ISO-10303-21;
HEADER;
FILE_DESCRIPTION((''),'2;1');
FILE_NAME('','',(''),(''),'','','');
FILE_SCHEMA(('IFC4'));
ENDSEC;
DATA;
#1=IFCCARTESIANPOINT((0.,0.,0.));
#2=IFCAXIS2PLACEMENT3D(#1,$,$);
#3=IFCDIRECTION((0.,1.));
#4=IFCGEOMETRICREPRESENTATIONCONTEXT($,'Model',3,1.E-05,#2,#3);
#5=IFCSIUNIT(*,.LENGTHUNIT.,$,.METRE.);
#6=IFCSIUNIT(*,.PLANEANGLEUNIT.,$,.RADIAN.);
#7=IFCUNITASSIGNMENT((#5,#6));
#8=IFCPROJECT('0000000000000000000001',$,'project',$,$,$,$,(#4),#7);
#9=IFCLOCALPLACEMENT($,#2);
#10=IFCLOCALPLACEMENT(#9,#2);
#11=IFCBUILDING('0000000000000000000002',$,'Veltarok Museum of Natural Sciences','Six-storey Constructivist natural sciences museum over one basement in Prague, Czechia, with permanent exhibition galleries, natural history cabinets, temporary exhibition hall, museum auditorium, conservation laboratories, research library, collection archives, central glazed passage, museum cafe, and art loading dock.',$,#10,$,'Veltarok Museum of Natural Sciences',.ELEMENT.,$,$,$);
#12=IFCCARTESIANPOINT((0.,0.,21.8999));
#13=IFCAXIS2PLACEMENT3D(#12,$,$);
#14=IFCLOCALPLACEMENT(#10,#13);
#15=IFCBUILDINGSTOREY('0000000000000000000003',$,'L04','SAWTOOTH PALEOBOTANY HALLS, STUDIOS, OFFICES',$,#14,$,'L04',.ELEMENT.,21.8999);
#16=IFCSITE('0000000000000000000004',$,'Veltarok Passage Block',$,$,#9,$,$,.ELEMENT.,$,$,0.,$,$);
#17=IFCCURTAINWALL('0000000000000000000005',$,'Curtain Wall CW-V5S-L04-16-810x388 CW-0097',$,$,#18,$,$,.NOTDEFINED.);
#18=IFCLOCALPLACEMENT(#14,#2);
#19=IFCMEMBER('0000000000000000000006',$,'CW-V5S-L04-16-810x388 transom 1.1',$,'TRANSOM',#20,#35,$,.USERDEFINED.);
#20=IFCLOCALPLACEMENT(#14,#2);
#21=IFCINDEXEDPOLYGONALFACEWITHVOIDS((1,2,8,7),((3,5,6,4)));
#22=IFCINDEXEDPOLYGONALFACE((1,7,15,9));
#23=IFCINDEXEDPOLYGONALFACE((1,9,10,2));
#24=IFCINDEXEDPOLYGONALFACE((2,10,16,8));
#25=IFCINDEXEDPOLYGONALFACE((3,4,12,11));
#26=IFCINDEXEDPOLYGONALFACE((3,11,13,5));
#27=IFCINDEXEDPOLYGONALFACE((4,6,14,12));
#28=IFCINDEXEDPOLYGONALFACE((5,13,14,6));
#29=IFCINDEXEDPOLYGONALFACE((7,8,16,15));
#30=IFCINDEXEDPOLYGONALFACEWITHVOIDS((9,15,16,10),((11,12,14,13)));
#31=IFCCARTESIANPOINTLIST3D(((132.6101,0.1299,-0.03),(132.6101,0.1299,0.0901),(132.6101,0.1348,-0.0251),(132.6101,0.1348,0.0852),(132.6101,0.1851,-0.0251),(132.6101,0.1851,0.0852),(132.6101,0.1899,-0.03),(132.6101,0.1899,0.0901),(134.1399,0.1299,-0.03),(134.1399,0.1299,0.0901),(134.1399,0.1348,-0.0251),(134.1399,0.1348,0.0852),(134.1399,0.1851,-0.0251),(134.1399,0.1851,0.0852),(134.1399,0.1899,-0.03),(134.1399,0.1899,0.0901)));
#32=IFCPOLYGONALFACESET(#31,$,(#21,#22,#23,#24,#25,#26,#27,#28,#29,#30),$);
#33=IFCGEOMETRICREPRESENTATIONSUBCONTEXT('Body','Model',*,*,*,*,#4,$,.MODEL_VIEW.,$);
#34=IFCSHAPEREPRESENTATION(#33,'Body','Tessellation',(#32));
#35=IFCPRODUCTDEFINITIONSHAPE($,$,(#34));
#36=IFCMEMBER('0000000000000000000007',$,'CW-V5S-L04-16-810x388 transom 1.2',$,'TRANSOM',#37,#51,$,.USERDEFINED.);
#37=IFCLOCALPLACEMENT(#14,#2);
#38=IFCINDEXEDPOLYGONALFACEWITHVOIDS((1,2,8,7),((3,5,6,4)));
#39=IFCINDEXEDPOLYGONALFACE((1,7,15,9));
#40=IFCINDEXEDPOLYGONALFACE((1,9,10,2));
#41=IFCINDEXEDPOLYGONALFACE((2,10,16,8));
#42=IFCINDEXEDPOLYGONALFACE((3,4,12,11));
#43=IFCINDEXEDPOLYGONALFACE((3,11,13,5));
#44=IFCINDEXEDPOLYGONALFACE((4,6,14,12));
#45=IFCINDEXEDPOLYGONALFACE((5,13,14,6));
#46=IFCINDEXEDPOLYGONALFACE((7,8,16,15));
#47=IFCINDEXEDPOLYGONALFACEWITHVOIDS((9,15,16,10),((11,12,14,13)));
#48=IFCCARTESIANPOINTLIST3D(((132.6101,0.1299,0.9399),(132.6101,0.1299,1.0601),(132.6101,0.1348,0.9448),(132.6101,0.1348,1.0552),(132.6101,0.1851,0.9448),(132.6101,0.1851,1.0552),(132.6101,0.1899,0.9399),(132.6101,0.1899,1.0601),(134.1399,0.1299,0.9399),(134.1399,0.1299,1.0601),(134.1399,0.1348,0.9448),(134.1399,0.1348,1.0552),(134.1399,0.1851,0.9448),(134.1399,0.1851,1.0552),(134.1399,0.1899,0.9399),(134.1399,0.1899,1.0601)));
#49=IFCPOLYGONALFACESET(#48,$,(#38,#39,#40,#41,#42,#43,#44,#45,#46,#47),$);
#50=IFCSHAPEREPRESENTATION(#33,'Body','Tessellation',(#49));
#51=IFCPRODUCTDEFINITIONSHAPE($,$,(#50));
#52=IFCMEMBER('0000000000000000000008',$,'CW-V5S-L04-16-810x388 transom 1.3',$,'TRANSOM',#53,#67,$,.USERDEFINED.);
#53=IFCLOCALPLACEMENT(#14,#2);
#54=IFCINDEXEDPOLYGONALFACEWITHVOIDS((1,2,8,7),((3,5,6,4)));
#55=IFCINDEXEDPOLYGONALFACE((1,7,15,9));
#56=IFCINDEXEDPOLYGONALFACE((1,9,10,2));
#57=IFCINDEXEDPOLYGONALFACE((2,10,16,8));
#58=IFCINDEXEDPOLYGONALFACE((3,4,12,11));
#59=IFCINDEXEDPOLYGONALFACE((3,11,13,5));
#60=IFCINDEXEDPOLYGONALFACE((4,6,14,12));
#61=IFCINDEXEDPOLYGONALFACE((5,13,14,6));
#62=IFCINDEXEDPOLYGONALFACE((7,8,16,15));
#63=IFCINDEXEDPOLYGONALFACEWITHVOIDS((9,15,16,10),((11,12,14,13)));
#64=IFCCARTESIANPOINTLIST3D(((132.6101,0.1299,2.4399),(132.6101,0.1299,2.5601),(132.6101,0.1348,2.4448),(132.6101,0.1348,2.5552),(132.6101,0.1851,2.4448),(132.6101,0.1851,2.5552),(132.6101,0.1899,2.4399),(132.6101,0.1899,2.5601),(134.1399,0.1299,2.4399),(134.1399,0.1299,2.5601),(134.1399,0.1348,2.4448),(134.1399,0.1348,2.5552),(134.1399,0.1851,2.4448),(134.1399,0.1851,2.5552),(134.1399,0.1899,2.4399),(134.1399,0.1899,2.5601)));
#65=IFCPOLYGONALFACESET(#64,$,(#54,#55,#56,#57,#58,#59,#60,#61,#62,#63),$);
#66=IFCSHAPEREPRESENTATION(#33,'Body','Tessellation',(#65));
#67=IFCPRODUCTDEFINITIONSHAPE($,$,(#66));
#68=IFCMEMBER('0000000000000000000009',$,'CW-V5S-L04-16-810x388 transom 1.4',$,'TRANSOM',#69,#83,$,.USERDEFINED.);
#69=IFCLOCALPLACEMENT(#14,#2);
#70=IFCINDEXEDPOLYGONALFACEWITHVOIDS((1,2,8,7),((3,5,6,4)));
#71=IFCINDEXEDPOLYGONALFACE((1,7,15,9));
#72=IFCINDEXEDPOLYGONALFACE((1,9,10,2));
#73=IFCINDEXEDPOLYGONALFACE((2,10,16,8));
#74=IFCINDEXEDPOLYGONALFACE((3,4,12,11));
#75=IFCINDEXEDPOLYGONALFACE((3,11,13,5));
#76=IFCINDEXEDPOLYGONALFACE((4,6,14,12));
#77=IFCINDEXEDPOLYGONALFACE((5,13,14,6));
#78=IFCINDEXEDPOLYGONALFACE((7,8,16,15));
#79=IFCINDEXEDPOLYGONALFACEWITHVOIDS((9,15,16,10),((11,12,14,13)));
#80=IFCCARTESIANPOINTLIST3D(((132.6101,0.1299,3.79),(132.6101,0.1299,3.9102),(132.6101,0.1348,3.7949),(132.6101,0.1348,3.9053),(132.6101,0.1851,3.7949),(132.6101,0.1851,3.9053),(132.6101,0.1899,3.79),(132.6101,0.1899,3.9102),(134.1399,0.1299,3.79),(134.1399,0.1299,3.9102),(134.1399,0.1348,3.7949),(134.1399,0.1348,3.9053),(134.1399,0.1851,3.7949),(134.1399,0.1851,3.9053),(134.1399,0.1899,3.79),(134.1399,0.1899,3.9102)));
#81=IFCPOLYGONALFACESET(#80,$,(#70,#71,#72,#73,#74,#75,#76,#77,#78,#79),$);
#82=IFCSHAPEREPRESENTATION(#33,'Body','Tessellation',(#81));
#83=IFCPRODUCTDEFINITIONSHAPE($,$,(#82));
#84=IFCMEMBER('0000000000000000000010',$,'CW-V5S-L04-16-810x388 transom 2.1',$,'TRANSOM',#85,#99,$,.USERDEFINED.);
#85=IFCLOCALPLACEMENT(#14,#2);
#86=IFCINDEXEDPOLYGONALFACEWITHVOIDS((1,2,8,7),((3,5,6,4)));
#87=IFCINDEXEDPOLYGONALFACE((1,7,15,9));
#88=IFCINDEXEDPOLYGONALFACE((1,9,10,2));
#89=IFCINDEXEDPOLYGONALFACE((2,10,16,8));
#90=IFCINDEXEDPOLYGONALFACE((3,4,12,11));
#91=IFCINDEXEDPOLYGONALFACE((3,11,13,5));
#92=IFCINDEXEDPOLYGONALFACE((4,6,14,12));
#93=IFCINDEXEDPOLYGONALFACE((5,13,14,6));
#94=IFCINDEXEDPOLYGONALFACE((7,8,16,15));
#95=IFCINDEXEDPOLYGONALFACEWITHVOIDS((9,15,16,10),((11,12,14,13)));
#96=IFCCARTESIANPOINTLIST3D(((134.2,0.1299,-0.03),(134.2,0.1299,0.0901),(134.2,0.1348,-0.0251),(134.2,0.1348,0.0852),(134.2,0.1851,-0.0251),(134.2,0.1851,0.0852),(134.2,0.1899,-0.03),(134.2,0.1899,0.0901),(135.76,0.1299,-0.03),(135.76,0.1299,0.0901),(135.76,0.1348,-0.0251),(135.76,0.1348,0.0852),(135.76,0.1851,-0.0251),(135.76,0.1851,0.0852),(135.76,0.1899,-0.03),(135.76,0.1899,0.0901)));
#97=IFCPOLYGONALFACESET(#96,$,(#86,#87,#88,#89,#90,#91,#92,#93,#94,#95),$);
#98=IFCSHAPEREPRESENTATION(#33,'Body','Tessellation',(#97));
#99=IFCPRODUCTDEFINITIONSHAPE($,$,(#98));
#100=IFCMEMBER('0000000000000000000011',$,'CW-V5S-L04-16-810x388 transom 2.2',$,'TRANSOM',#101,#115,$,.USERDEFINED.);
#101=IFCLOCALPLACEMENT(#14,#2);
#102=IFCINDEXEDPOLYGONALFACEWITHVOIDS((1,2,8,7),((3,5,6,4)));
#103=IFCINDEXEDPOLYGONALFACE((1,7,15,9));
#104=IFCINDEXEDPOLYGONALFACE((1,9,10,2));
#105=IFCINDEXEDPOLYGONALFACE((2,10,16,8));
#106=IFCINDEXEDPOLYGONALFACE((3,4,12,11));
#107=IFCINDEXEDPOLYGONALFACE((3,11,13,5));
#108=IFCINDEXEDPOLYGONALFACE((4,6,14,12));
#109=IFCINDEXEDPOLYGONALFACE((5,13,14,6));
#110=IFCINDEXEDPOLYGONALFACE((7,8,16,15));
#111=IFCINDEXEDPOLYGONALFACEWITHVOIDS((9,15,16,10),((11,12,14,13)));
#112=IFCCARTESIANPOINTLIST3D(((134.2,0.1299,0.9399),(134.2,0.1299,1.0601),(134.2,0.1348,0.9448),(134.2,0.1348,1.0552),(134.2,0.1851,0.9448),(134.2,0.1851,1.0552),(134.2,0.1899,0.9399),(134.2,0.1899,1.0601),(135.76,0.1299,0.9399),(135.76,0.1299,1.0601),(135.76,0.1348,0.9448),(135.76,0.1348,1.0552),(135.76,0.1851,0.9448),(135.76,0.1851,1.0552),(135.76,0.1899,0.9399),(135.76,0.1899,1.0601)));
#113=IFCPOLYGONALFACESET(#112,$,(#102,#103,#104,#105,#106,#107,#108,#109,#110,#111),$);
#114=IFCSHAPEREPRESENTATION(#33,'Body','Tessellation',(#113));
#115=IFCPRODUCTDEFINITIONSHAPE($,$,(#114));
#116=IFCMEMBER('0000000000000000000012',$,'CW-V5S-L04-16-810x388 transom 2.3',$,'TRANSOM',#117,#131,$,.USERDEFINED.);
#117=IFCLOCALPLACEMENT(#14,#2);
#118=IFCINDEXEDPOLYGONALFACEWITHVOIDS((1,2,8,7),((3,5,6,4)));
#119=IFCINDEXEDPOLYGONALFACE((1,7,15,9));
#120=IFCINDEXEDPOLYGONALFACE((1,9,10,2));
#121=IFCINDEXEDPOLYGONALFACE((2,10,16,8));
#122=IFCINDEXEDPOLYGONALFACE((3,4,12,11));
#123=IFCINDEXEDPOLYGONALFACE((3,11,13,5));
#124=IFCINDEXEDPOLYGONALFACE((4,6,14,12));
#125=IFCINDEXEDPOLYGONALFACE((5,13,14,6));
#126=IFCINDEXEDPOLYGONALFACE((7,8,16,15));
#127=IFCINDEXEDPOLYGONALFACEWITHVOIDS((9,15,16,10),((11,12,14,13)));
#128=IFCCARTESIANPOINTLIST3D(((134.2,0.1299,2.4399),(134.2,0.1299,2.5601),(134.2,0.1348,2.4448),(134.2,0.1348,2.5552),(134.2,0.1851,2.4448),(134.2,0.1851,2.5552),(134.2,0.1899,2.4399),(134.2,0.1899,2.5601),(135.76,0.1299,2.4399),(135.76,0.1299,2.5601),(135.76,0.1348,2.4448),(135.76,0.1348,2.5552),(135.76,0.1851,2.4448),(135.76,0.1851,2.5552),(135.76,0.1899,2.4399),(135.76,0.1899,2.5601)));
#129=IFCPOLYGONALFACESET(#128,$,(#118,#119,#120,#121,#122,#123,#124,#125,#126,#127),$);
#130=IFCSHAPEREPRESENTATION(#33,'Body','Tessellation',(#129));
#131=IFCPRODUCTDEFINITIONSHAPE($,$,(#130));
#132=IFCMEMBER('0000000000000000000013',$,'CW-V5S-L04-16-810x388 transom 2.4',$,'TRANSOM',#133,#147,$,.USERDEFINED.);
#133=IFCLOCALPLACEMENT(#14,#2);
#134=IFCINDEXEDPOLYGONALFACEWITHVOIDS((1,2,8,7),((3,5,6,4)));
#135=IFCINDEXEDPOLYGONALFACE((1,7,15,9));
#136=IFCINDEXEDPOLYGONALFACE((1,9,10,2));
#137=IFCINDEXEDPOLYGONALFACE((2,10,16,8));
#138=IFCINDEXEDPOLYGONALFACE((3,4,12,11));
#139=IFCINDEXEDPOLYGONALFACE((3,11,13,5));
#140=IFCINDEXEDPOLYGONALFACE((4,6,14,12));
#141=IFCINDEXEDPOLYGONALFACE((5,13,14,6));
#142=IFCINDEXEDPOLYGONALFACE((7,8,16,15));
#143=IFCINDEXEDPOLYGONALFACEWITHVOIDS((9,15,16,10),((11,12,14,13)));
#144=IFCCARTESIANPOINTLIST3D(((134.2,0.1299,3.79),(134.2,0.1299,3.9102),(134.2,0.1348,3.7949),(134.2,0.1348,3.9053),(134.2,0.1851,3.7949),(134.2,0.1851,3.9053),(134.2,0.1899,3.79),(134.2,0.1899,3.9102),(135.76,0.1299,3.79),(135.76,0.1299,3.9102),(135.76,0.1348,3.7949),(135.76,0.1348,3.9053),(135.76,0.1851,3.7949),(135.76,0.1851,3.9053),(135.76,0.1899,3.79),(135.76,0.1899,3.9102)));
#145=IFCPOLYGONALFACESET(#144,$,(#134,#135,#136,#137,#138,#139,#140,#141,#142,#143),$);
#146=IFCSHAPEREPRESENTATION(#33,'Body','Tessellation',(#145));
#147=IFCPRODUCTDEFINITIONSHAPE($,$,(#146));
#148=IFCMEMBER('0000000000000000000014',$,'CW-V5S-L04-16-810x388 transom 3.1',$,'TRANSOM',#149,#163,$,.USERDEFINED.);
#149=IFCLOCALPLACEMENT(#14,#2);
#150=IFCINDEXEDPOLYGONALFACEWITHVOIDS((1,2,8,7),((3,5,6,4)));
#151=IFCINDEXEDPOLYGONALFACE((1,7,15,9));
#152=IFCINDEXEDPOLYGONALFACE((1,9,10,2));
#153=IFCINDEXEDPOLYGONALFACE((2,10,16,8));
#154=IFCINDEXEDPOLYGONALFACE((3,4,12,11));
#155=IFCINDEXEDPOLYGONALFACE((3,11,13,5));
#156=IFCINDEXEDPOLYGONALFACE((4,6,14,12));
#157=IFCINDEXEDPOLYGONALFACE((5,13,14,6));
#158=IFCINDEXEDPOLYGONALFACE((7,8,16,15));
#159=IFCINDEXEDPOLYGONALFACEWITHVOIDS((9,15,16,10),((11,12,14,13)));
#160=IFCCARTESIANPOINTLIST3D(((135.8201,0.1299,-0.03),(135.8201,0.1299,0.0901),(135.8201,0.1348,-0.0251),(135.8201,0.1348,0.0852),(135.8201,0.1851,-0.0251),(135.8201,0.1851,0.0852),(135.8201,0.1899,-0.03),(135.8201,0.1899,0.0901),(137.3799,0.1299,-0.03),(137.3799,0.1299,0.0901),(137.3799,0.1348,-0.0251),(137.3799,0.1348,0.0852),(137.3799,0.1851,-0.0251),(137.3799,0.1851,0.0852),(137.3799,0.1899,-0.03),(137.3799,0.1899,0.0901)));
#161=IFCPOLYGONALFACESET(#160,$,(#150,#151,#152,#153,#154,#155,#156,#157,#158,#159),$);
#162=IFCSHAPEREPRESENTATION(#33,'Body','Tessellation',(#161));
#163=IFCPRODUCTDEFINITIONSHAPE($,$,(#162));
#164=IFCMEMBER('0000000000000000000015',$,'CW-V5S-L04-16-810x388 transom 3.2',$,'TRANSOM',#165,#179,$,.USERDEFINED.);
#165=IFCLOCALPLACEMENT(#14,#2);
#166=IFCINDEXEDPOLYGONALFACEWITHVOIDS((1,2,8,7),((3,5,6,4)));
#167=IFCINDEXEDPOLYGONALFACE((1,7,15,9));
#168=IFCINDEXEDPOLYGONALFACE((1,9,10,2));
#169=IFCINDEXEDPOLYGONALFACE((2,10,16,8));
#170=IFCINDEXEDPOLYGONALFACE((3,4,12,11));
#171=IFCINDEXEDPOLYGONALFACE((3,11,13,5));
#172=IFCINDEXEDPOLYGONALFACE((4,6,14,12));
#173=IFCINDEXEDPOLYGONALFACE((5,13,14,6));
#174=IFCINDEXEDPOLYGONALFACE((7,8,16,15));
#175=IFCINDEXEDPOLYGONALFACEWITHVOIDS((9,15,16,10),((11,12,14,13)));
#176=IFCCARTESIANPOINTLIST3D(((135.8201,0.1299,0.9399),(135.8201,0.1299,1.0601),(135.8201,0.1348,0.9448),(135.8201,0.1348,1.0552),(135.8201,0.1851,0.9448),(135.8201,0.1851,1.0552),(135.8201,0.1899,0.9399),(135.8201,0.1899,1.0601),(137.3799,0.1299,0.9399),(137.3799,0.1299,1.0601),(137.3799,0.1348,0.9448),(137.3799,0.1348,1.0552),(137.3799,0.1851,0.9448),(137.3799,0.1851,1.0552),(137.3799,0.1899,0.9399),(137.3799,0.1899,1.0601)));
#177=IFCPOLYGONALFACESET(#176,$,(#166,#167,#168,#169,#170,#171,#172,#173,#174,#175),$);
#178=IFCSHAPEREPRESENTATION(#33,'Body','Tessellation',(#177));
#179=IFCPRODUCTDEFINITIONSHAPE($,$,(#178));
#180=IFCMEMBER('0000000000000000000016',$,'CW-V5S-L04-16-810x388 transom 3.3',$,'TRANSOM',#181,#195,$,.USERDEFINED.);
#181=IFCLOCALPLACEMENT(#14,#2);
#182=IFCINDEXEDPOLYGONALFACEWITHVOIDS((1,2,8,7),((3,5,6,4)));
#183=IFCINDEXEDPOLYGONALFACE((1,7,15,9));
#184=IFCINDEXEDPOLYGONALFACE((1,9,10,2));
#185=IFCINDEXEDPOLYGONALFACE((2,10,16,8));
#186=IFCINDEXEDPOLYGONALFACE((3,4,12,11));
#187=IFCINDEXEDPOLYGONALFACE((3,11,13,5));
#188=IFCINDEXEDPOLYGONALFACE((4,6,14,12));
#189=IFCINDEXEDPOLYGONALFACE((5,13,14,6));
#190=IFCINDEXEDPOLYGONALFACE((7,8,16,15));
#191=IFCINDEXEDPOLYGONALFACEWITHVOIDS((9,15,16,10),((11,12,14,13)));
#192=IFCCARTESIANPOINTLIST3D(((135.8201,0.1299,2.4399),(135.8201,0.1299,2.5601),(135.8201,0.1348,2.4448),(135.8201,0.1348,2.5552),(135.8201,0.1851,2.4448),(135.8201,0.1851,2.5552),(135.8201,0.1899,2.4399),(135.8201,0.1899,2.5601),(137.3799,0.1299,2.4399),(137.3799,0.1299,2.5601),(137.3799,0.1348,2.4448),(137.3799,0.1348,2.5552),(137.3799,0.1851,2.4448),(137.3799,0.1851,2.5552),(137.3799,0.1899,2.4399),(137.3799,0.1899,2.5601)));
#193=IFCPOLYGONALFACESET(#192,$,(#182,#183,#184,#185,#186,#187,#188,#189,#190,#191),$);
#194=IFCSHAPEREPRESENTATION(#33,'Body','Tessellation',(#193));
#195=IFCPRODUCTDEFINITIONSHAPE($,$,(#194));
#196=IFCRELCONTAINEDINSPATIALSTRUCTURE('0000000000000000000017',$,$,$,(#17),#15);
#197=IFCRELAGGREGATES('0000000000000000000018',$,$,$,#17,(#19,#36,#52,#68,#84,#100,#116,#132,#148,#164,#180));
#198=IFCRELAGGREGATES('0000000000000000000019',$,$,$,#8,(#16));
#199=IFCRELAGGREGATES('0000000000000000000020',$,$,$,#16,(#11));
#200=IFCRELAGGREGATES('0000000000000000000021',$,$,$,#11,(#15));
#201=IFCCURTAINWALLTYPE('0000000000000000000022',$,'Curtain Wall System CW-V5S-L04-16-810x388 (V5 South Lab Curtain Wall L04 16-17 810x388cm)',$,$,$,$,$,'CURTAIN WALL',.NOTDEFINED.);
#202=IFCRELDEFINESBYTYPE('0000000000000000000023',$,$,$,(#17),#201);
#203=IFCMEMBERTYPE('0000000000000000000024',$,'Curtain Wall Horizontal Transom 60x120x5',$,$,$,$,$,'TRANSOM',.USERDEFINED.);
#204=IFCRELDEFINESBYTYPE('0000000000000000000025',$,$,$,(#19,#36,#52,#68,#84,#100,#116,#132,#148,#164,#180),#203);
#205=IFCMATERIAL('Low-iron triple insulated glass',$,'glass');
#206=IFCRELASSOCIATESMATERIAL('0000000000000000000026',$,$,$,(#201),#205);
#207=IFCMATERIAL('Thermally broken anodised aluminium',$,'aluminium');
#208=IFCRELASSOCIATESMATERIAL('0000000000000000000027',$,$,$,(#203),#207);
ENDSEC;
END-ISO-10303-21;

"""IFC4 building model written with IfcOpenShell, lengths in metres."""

from ifc_helpers import new_model, si_unit, direction, frame, origin, origin_2d, place, context, subcontext, project, spatial, hollow_rectangle, extrude, material, material_profile, profile_set, type_object, element, aggregate, save


model = new_model("IFC4")

# Units and contexts
model_context = context("Model", 3, precision=1e-05, world=origin(), true_north=direction((0.0, 1.0)))
body_context = subcontext(model_context, "Body", "Model", "MODEL_VIEW")
ifc_project = project(units=[si_unit("LENGTHUNIT", "METRE"), si_unit("PLANEANGLEUNIT", "RADIAN")], contexts=[model_context])

# Site, building, storey
site_placement = place(None, origin())
site = spatial("IfcSite", under=ifc_project, at=site_placement, Name="Veltarok Passage Block", CompositionType="ELEMENT", RefElevation=0.0)
building_placement = place(site_placement, origin())
building = spatial("IfcBuilding", under=site, at=building_placement, Name="Veltarok Museum of Natural Sciences", Description="Six-storey Constructivist natural sciences museum over one basement in Prague, Czechia, with permanent exhibition galleries, natural history cabinets, temporary exhibition hall, museum auditorium, conservation laboratories, research library, collection archives, central glazed passage, museum cafe, and art loading dock.", LongName="Veltarok Museum of Natural Sciences", CompositionType="ELEMENT")
storey_placement = place(building_placement, frame((0.0, 0.0, 21.8999)))
storey = spatial("IfcBuildingStorey", under=building, at=storey_placement, Name="L04", Description="SAWTOOTH PALEOBOTANY HALLS, STUDIOS, OFFICES", LongName="L04", CompositionType="ELEMENT", Elevation=21.8999)

# Curtain wall, members
ifc_material_1 = material(Name="Low-iron triple insulated glass", Category="glass")
curtain_wall_type = type_object("IfcCurtainWallType", Name="Curtain Wall System CW-V5S-L04-16-810x388 (V5 South Lab Curtain Wall L04 16-17 810x388cm)", ElementType="CURTAIN WALL", PredefinedType="NOTDEFINED", material=ifc_material_1)
curtain_wall_placement = place(storey_placement, origin())
curtain_wall = element("IfcCurtainWall", 1, at=curtain_wall_placement, inside=storey, type_object=curtain_wall_type, Name="Curtain Wall CW-V5S-L04-16-810x388 CW-0097", PredefinedType="NOTDEFINED")
ifc_material_2 = material(Name="Thermally broken anodised aluminium", Category="aluminium")
ifc_material_profile_1 = material_profile(ifc_material_2, hollow_rectangle(XDim=0.0601, YDim=0.1201, WallThickness=0.0049, at=origin_2d()), Name="CW TRANSOM 60x120x5")
ifc_profile_set_1 = profile_set([ifc_material_profile_1], Name="Thermally broken anodised aluminium")
member_type_1 = type_object("IfcMemberType", Name="Curtain Wall Horizontal Transom 60x120x5", ElementType="TRANSOM", PredefinedType="USERDEFINED", material=ifc_profile_set_1)
member_1_placement = place(storey_placement, frame((132.6101, 0.1599, 0.03), z_axis=(1.0, 0.0, 0.0), x_axis=(0.0, 1.0, 0.0)))
member_1 = element("IfcMember", 2, at=member_1_placement, type_object=member_type_1, Name="CW-V5S-L04-16-810x388 transom 1.1", ObjectType="TRANSOM", PredefinedType="USERDEFINED", context=body_context, shape_type="SweptSolid", body=[
    extrude(hollow_rectangle(XDim=0.0601, YDim=0.1201, WallThickness=0.0049, at=origin_2d()), origin(), (0.0, 0.0, 1.0), 1.5298),
])
member_2_placement = place(storey_placement, frame((132.6101, 0.1599, 1.0), z_axis=(1.0, 0.0, 0.0), x_axis=(0.0, 1.0, 0.0)))
member_2 = element("IfcMember", 3, at=member_2_placement, type_object=member_type_1, Name="CW-V5S-L04-16-810x388 transom 1.2", ObjectType="TRANSOM", PredefinedType="USERDEFINED", context=body_context, shape_type="SweptSolid", body=[
    extrude(hollow_rectangle(XDim=0.0601, YDim=0.1201, WallThickness=0.0049, at=origin_2d()), origin(), (0.0, 0.0, 1.0), 1.5298),
])
member_3_placement = place(storey_placement, frame((132.6101, 0.1599, 2.5), z_axis=(1.0, 0.0, 0.0), x_axis=(0.0, 1.0, 0.0)))
member_3 = element("IfcMember", 4, at=member_3_placement, type_object=member_type_1, Name="CW-V5S-L04-16-810x388 transom 1.3", ObjectType="TRANSOM", PredefinedType="USERDEFINED", context=body_context, shape_type="SweptSolid", body=[
    extrude(hollow_rectangle(XDim=0.0601, YDim=0.1201, WallThickness=0.0049, at=origin_2d()), origin(), (0.0, 0.0, 1.0), 1.5298),
])
member_4_placement = place(storey_placement, frame((132.6101, 0.1599, 3.8501), z_axis=(1.0, 0.0, 0.0), x_axis=(0.0, 1.0, 0.0)))
member_4 = element("IfcMember", 5, at=member_4_placement, type_object=member_type_1, Name="CW-V5S-L04-16-810x388 transom 1.4", ObjectType="TRANSOM", PredefinedType="USERDEFINED", context=body_context, shape_type="SweptSolid", body=[
    extrude(hollow_rectangle(XDim=0.0601, YDim=0.1201, WallThickness=0.0049, at=origin_2d()), origin(), (0.0, 0.0, 1.0), 1.5298),
])
member_5_placement = place(storey_placement, frame((134.2, 0.1599, 0.03), z_axis=(1.0, 0.0, 0.0), x_axis=(0.0, 1.0, 0.0)))
member_5 = element("IfcMember", 6, at=member_5_placement, type_object=member_type_1, Name="CW-V5S-L04-16-810x388 transom 2.1", ObjectType="TRANSOM", PredefinedType="USERDEFINED", context=body_context, shape_type="SweptSolid", body=[
    extrude(hollow_rectangle(XDim=0.0601, YDim=0.1201, WallThickness=0.0049, at=origin_2d()), origin(), (0.0, 0.0, 1.0), 1.5601),
])
member_6_placement = place(storey_placement, frame((134.2, 0.1599, 1.0), z_axis=(1.0, 0.0, 0.0), x_axis=(0.0, 1.0, 0.0)))
member_6 = element("IfcMember", 7, at=member_6_placement, type_object=member_type_1, Name="CW-V5S-L04-16-810x388 transom 2.2", ObjectType="TRANSOM", PredefinedType="USERDEFINED", context=body_context, shape_type="SweptSolid", body=[
    extrude(hollow_rectangle(XDim=0.0601, YDim=0.1201, WallThickness=0.0049, at=origin_2d()), origin(), (0.0, 0.0, 1.0), 1.5601),
])
member_7_placement = place(storey_placement, frame((134.2, 0.1599, 2.5), z_axis=(1.0, 0.0, 0.0), x_axis=(0.0, 1.0, 0.0)))
member_7 = element("IfcMember", 8, at=member_7_placement, type_object=member_type_1, Name="CW-V5S-L04-16-810x388 transom 2.3", ObjectType="TRANSOM", PredefinedType="USERDEFINED", context=body_context, shape_type="SweptSolid", body=[
    extrude(hollow_rectangle(XDim=0.0601, YDim=0.1201, WallThickness=0.0049, at=origin_2d()), origin(), (0.0, 0.0, 1.0), 1.5601),
])
member_8_placement = place(storey_placement, frame((134.2, 0.1599, 3.8501), z_axis=(1.0, 0.0, 0.0), x_axis=(0.0, 1.0, 0.0)))
member_8 = element("IfcMember", 9, at=member_8_placement, type_object=member_type_1, Name="CW-V5S-L04-16-810x388 transom 2.4", ObjectType="TRANSOM", PredefinedType="USERDEFINED", context=body_context, shape_type="SweptSolid", body=[
    extrude(hollow_rectangle(XDim=0.0601, YDim=0.1201, WallThickness=0.0049, at=origin_2d()), origin(), (0.0, 0.0, 1.0), 1.5601),
])
member_9_placement = place(storey_placement, frame((135.8201, 0.1599, 0.03), z_axis=(1.0, 0.0, 0.0), x_axis=(0.0, 1.0, 0.0)))
member_9 = element("IfcMember", 10, at=member_9_placement, type_object=member_type_1, Name="CW-V5S-L04-16-810x388 transom 3.1", ObjectType="TRANSOM", PredefinedType="USERDEFINED", context=body_context, shape_type="SweptSolid", body=[
    extrude(hollow_rectangle(XDim=0.0601, YDim=0.1201, WallThickness=0.0049, at=origin_2d()), origin(), (0.0, 0.0, 1.0), 1.5598),
])
member_10_placement = place(storey_placement, frame((135.8201, 0.1599, 1.0), z_axis=(1.0, 0.0, 0.0), x_axis=(0.0, 1.0, 0.0)))
member_10 = element("IfcMember", 11, at=member_10_placement, type_object=member_type_1, Name="CW-V5S-L04-16-810x388 transom 3.2", ObjectType="TRANSOM", PredefinedType="USERDEFINED", context=body_context, shape_type="SweptSolid", body=[
    extrude(hollow_rectangle(XDim=0.0601, YDim=0.1201, WallThickness=0.0049, at=origin_2d()), origin(), (0.0, 0.0, 1.0), 1.5598),
])
member_11_placement = place(storey_placement, frame((135.8201, 0.1599, 2.5), z_axis=(1.0, 0.0, 0.0), x_axis=(0.0, 1.0, 0.0)))
member_11 = element("IfcMember", 12, at=member_11_placement, type_object=member_type_1, Name="CW-V5S-L04-16-810x388 transom 3.3", ObjectType="TRANSOM", PredefinedType="USERDEFINED", context=body_context, shape_type="SweptSolid", body=[
    extrude(hollow_rectangle(XDim=0.0601, YDim=0.1201, WallThickness=0.0049, at=origin_2d()), origin(), (0.0, 0.0, 1.0), 1.5598),
])

aggregate(curtain_wall, [member_1, member_2, member_3, member_4, member_5, member_6, member_7, member_8, member_9, member_10, member_11])

save(model, "model.ifc")
